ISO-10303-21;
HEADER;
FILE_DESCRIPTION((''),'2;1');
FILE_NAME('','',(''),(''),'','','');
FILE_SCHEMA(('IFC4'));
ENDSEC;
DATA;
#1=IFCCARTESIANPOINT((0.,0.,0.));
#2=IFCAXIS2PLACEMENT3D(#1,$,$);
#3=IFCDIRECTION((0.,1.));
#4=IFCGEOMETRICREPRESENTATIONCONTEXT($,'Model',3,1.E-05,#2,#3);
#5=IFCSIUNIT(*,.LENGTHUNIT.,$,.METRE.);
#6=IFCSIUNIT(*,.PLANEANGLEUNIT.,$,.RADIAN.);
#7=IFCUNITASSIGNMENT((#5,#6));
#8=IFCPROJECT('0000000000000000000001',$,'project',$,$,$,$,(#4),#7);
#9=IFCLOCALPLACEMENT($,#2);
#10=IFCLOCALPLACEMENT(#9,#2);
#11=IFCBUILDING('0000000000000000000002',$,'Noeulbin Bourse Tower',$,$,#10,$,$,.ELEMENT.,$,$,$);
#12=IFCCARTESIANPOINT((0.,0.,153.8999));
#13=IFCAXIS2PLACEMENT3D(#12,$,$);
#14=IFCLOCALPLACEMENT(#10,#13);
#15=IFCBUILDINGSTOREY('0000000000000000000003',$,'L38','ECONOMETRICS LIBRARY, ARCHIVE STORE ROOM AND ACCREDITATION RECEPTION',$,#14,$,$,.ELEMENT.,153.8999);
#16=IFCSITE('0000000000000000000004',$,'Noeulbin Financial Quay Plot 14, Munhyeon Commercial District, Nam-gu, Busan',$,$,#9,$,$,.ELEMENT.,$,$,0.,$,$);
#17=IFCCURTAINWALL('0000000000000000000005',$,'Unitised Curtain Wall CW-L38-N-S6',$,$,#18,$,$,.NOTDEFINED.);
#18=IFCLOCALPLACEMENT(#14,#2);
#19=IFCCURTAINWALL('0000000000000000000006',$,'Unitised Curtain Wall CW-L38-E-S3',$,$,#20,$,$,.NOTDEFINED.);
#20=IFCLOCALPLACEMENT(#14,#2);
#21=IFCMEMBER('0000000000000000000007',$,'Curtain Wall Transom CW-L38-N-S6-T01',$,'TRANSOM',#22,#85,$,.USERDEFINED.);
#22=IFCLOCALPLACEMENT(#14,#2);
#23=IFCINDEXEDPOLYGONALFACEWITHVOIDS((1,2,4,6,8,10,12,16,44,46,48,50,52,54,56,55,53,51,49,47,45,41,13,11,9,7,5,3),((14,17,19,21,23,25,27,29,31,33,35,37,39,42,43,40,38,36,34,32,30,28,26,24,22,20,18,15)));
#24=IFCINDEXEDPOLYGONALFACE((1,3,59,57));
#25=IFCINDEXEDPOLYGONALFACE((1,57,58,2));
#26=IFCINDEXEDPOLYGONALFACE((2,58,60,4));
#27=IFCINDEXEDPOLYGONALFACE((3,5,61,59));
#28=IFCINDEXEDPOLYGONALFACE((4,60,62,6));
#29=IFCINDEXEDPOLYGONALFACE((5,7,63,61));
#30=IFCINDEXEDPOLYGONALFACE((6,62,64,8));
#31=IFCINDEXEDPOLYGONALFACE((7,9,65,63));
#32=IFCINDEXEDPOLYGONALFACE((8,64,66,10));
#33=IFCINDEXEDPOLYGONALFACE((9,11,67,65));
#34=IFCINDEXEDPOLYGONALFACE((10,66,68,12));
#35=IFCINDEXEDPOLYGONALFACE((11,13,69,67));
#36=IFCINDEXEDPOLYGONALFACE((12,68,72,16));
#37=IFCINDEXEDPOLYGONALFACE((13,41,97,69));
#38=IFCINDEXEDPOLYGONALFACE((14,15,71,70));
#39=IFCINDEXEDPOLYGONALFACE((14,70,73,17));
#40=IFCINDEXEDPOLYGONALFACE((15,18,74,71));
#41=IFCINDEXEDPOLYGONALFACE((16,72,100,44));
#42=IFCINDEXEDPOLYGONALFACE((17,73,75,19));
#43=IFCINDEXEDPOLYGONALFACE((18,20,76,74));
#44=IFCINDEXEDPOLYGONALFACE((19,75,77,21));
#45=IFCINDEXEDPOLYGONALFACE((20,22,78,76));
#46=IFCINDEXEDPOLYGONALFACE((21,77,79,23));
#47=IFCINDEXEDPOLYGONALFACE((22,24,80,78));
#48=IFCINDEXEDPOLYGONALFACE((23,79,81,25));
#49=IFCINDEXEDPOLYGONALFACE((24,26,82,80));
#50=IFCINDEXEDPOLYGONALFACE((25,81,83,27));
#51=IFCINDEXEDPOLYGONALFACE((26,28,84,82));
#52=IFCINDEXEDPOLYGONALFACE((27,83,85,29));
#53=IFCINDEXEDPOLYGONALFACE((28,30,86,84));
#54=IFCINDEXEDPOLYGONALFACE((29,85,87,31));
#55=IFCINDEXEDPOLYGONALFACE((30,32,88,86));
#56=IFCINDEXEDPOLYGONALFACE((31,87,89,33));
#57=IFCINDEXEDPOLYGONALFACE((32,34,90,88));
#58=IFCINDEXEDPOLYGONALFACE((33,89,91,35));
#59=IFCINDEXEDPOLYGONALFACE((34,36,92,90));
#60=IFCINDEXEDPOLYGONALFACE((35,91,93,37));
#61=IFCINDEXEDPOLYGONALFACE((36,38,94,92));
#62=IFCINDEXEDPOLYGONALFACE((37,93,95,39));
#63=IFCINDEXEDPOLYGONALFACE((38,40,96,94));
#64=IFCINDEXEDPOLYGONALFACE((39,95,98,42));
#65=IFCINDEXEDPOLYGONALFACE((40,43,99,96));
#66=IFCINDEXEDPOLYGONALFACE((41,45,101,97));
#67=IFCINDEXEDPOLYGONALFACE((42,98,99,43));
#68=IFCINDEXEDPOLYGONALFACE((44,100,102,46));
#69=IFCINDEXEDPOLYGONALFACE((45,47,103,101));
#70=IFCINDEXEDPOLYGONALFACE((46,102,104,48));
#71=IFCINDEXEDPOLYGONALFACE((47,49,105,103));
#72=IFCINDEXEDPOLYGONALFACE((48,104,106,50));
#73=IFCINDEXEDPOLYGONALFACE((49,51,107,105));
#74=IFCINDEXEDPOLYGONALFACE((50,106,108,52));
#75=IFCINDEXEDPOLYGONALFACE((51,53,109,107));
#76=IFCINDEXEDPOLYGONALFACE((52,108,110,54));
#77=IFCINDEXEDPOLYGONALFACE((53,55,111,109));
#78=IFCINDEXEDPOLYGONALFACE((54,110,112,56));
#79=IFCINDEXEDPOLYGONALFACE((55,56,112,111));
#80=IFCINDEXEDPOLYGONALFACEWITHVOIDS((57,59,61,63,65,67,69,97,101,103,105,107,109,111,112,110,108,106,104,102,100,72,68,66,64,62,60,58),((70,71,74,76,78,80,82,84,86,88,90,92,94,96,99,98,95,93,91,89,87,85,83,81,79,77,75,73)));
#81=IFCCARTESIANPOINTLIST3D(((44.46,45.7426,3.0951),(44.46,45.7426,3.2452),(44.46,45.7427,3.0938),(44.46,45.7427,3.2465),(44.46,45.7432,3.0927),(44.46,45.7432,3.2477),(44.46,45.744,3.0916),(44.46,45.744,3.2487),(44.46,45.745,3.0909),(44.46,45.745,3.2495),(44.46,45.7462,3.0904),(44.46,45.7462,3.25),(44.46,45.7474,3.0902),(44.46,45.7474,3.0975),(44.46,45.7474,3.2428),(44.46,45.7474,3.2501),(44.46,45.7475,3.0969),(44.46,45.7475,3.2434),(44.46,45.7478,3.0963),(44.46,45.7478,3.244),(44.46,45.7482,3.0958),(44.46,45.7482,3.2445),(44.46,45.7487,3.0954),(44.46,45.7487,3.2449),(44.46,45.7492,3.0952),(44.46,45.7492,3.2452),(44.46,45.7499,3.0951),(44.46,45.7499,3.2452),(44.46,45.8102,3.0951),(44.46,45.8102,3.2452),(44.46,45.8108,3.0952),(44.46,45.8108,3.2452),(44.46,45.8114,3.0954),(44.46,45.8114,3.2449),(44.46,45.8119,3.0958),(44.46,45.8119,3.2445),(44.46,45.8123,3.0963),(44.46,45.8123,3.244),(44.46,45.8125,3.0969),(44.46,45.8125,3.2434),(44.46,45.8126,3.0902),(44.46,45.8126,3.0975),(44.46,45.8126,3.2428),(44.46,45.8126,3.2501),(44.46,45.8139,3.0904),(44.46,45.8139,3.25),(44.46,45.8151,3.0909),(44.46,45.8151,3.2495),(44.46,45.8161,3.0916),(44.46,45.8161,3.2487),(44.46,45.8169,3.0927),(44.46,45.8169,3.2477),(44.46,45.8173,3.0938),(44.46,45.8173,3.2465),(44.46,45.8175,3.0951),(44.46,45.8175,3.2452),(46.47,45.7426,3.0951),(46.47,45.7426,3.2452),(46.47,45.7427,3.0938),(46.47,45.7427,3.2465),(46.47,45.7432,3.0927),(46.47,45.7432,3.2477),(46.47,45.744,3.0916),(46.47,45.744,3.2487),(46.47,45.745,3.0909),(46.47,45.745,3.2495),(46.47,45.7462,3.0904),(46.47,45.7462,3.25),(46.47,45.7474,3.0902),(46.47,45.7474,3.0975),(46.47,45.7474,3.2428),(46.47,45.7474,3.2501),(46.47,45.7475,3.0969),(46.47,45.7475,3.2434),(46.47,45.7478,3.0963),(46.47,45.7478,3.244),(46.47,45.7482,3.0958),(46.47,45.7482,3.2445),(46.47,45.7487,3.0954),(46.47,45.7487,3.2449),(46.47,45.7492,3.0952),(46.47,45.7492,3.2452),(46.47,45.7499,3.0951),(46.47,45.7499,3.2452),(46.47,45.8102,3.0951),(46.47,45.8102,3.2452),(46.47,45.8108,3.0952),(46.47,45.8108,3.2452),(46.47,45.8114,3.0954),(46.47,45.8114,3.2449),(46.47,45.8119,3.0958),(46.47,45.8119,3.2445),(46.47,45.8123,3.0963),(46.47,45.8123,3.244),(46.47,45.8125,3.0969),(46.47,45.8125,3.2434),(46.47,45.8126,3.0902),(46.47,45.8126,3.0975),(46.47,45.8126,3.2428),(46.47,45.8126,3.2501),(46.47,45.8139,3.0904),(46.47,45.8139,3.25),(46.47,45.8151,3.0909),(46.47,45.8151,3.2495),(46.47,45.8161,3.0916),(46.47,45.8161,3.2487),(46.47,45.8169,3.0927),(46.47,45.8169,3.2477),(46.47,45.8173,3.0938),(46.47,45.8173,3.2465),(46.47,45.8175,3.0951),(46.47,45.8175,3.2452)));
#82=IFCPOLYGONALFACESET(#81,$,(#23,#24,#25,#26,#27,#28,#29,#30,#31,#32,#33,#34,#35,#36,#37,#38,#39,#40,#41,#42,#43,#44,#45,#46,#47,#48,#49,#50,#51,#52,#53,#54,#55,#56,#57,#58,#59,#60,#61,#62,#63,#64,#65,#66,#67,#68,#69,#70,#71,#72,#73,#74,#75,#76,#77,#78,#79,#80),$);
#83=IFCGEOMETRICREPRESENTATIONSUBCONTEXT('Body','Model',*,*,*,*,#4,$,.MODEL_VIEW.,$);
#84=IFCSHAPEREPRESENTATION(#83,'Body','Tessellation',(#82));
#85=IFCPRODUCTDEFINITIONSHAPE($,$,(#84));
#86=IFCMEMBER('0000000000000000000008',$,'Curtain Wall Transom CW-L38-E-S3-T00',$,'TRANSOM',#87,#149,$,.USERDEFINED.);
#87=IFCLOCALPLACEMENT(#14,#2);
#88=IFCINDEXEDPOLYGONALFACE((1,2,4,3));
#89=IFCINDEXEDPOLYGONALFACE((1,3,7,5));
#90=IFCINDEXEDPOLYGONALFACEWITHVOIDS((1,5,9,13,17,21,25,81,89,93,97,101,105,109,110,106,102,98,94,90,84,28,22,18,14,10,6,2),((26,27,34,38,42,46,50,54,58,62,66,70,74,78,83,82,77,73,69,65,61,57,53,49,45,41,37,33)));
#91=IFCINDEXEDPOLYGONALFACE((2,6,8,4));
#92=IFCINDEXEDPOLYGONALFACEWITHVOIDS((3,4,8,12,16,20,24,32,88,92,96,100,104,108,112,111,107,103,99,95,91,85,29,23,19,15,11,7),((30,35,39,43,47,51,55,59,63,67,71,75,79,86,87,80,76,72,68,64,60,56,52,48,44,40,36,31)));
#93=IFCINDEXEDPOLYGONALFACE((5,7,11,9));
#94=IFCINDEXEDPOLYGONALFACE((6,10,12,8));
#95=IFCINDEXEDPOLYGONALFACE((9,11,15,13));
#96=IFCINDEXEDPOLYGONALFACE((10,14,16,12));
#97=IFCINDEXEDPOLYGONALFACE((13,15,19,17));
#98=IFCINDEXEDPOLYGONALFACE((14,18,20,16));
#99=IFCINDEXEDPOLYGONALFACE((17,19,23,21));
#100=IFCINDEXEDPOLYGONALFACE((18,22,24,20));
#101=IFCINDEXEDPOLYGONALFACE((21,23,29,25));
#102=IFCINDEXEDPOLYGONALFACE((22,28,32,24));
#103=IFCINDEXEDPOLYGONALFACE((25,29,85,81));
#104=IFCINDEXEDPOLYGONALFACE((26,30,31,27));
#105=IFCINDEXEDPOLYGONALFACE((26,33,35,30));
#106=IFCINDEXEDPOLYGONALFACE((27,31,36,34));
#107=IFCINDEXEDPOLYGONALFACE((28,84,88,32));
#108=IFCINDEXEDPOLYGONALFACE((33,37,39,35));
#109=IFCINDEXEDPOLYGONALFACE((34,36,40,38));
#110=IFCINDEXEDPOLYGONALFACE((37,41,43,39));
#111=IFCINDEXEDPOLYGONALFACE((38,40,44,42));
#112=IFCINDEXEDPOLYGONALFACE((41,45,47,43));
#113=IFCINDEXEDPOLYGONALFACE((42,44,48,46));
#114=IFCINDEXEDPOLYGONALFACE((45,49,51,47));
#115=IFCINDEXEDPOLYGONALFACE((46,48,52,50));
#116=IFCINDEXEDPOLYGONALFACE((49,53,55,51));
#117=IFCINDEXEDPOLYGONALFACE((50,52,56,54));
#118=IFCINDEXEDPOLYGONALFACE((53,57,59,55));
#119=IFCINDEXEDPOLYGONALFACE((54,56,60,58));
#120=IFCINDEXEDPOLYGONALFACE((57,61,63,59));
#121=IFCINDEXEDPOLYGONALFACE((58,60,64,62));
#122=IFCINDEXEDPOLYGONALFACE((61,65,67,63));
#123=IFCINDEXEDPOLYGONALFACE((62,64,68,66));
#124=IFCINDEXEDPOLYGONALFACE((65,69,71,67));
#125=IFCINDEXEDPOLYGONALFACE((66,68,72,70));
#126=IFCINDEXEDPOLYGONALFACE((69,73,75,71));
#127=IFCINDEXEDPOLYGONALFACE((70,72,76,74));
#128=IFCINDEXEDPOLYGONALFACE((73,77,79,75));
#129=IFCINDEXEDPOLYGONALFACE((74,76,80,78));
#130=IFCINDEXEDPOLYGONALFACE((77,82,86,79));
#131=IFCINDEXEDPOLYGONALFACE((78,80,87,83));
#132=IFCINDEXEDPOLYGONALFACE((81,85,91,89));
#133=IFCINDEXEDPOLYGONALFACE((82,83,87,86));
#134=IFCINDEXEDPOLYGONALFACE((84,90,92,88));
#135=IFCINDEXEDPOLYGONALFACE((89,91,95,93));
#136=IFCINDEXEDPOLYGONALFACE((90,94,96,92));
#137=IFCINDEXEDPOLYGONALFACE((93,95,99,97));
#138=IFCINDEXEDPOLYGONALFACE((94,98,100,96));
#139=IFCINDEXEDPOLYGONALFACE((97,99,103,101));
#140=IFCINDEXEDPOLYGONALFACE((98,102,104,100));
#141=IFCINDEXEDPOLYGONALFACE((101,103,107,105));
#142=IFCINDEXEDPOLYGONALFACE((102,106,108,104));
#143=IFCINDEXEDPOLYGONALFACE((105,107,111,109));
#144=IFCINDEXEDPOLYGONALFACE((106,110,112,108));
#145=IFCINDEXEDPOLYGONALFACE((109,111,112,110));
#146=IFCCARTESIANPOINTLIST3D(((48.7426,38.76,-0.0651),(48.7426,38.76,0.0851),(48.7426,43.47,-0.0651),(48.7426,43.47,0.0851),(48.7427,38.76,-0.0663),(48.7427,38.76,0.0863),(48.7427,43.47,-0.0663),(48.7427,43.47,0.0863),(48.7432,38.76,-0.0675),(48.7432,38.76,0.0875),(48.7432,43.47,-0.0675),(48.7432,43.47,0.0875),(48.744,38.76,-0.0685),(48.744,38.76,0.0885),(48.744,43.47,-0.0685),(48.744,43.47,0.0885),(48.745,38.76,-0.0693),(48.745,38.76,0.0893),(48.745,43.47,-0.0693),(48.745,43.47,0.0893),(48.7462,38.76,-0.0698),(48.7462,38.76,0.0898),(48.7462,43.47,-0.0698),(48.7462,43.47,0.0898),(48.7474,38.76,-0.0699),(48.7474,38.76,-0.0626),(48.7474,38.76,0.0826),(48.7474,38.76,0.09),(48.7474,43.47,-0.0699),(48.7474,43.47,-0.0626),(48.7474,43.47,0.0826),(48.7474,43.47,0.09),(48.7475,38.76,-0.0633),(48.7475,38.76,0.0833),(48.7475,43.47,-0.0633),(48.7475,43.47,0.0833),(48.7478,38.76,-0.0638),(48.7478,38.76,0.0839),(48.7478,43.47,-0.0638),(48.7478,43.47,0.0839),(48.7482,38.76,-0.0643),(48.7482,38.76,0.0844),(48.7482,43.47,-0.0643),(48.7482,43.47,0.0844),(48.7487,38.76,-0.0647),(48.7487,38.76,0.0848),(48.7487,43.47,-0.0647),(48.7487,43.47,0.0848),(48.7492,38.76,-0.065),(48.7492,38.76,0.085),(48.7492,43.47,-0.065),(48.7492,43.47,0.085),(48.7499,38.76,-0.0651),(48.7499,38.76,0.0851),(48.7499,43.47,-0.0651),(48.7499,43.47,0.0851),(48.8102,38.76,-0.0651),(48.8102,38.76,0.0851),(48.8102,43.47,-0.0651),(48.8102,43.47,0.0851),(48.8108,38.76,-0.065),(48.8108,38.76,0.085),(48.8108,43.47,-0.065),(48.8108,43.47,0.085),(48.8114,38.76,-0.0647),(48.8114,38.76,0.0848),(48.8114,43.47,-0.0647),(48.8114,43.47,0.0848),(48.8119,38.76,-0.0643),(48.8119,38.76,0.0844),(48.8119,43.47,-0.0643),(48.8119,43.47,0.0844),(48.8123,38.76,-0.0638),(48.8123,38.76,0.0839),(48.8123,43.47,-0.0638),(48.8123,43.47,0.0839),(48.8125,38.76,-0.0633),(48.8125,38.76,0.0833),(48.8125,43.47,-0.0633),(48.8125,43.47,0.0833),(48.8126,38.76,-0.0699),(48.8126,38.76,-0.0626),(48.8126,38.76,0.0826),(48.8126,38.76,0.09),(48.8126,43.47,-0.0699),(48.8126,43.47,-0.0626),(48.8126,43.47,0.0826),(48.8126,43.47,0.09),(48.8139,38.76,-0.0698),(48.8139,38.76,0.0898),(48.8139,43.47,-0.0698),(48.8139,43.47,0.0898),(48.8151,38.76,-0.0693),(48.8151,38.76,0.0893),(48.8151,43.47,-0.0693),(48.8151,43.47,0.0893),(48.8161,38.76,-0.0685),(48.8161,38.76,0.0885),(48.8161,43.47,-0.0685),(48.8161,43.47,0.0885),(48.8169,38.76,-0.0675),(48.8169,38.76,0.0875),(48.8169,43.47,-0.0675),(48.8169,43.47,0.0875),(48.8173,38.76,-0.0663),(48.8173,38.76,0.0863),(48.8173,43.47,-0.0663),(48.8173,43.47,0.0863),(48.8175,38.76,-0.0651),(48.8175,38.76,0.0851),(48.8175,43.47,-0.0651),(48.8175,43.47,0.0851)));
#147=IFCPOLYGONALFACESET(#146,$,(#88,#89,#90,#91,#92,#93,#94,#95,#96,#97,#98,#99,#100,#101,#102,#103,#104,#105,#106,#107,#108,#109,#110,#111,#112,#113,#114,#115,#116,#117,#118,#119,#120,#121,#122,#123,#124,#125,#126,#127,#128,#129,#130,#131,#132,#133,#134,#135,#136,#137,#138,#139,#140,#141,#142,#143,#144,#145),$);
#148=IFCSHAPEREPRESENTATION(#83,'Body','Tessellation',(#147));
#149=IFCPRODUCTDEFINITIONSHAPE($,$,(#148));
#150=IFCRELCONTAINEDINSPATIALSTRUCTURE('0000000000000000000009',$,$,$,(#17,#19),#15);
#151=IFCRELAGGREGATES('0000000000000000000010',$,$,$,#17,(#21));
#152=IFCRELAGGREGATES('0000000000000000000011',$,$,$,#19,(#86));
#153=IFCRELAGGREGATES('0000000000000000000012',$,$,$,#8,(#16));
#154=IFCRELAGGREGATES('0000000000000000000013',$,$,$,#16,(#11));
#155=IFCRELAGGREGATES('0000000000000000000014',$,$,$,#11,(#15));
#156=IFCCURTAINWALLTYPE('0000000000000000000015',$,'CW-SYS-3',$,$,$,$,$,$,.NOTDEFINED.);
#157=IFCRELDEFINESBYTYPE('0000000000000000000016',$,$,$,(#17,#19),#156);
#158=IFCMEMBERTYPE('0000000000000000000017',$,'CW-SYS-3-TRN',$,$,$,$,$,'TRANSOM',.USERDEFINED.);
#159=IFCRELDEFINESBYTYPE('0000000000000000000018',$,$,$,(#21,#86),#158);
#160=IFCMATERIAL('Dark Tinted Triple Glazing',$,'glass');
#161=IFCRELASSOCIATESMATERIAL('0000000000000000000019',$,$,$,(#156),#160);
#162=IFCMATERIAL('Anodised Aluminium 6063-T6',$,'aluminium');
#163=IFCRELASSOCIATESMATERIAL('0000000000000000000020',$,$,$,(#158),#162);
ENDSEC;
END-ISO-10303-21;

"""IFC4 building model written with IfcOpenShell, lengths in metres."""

from ifc_helpers import new_model, si_unit, direction, frame, origin, origin_2d, place, context, subcontext, project, spatial, hollow_rectangle, extrude, material, material_profile, profile_set, type_object, element, aggregate, save


model = new_model("IFC4")

# Units and contexts
model_context = context("Model", 3, precision=1e-05, world=origin(), true_north=direction((0.0, 1.0)))
body_context = subcontext(model_context, "Body", "Model", "MODEL_VIEW")
ifc_project = project(units=[si_unit("LENGTHUNIT", "METRE"), si_unit("PLANEANGLEUNIT", "RADIAN")], contexts=[model_context])

# Site, building, storey
site_placement = place(None, origin())
site = spatial("IfcSite", under=ifc_project, at=site_placement, Name="Noeulbin Financial Quay Plot 14, Munhyeon Commercial District, Nam-gu, Busan", CompositionType="ELEMENT", RefElevation=0.0)
building_placement = place(site_placement, origin())
building = spatial("IfcBuilding", under=site, at=building_placement, Name="Noeulbin Bourse Tower", CompositionType="ELEMENT")
storey_placement = place(building_placement, frame((0.0, 0.0, 153.8999)))
storey = spatial("IfcBuildingStorey", under=building, at=storey_placement, Name="L38", Description="ECONOMETRICS LIBRARY, ARCHIVE STORE ROOM AND ACCREDITATION RECEPTION", CompositionType="ELEMENT", Elevation=153.8999)

# Shared definitions
ifc_material_1 = material(Name="Dark Tinted Triple Glazing", Category="glass")
curtain_wall_type = type_object("IfcCurtainWallType", Name="CW-SYS-3", PredefinedType="NOTDEFINED", material=ifc_material_1)
ifc_material_2 = material(Name="Anodised Aluminium 6063-T6", Category="aluminium")

# Curtain walls
curtain_wall_1_placement = place(storey_placement, origin())
curtain_wall_1 = element("IfcCurtainWall", 1, at=curtain_wall_1_placement, inside=storey, type_object=curtain_wall_type, Name="Unitised Curtain Wall CW-L38-N-S6", PredefinedType="NOTDEFINED")
curtain_wall_2_placement = place(storey_placement, origin())
curtain_wall_2 = element("IfcCurtainWall", 2, at=curtain_wall_2_placement, inside=storey, type_object=curtain_wall_type, Name="Unitised Curtain Wall CW-L38-E-S3", PredefinedType="NOTDEFINED")

# Members
ifc_material_profile_1 = material_profile(ifc_material_2, hollow_rectangle(XDim=0.075, YDim=0.1599, WallThickness=0.0049, InnerFilletRadius=0.0024, OuterFilletRadius=0.0049, at=origin_2d()), Name="ALU-TRAN-75x160x5", Category="LoadBearing")
ifc_profile_set_1 = profile_set([ifc_material_profile_1], Name="Anodised Aluminium 6063-T6")
member_type_1 = type_object("IfcMemberType", Name="CW-SYS-3-TRN", ElementType="TRANSOM", PredefinedType="USERDEFINED", material=ifc_profile_set_1)
member_1_placement = place(storey_placement, frame((44.46, 45.78, 3.1702), z_axis=(1.0, 0.0, 0.0), x_axis=(0.0, 1.0, 0.0)))
member_1 = element("IfcMember", 3, at=member_1_placement, type_object=member_type_1, Name="Curtain Wall Transom CW-L38-N-S6-T01", ObjectType="TRANSOM", PredefinedType="USERDEFINED", context=body_context, shape_type="SweptSolid", body=[
    extrude(hollow_rectangle(XDim=0.075, YDim=0.1599, WallThickness=0.0049, InnerFilletRadius=0.0024, OuterFilletRadius=0.0049, at=origin_2d()), origin(), (0.0, 0.0, 1.0), 2.01),
])
member_2_placement = place(storey_placement, frame((48.78, 38.76, 0.01), z_axis=(0.0, 1.0, 0.0), x_axis=(-1.0, 0.0, 0.0)))
member_2 = element("IfcMember", 4, at=member_2_placement, type_object=member_type_1, Name="Curtain Wall Transom CW-L38-E-S3-T00", ObjectType="TRANSOM", PredefinedType="USERDEFINED", context=body_context, shape_type="SweptSolid", body=[
    extrude(hollow_rectangle(XDim=0.075, YDim=0.1599, WallThickness=0.0049, InnerFilletRadius=0.0024, OuterFilletRadius=0.0049, at=origin_2d()), origin(), (0.0, 0.0, 1.0), 4.71),
])

aggregate(curtain_wall_1, [member_1])
aggregate(curtain_wall_2, [member_2])

save(model, "model.ifc")
